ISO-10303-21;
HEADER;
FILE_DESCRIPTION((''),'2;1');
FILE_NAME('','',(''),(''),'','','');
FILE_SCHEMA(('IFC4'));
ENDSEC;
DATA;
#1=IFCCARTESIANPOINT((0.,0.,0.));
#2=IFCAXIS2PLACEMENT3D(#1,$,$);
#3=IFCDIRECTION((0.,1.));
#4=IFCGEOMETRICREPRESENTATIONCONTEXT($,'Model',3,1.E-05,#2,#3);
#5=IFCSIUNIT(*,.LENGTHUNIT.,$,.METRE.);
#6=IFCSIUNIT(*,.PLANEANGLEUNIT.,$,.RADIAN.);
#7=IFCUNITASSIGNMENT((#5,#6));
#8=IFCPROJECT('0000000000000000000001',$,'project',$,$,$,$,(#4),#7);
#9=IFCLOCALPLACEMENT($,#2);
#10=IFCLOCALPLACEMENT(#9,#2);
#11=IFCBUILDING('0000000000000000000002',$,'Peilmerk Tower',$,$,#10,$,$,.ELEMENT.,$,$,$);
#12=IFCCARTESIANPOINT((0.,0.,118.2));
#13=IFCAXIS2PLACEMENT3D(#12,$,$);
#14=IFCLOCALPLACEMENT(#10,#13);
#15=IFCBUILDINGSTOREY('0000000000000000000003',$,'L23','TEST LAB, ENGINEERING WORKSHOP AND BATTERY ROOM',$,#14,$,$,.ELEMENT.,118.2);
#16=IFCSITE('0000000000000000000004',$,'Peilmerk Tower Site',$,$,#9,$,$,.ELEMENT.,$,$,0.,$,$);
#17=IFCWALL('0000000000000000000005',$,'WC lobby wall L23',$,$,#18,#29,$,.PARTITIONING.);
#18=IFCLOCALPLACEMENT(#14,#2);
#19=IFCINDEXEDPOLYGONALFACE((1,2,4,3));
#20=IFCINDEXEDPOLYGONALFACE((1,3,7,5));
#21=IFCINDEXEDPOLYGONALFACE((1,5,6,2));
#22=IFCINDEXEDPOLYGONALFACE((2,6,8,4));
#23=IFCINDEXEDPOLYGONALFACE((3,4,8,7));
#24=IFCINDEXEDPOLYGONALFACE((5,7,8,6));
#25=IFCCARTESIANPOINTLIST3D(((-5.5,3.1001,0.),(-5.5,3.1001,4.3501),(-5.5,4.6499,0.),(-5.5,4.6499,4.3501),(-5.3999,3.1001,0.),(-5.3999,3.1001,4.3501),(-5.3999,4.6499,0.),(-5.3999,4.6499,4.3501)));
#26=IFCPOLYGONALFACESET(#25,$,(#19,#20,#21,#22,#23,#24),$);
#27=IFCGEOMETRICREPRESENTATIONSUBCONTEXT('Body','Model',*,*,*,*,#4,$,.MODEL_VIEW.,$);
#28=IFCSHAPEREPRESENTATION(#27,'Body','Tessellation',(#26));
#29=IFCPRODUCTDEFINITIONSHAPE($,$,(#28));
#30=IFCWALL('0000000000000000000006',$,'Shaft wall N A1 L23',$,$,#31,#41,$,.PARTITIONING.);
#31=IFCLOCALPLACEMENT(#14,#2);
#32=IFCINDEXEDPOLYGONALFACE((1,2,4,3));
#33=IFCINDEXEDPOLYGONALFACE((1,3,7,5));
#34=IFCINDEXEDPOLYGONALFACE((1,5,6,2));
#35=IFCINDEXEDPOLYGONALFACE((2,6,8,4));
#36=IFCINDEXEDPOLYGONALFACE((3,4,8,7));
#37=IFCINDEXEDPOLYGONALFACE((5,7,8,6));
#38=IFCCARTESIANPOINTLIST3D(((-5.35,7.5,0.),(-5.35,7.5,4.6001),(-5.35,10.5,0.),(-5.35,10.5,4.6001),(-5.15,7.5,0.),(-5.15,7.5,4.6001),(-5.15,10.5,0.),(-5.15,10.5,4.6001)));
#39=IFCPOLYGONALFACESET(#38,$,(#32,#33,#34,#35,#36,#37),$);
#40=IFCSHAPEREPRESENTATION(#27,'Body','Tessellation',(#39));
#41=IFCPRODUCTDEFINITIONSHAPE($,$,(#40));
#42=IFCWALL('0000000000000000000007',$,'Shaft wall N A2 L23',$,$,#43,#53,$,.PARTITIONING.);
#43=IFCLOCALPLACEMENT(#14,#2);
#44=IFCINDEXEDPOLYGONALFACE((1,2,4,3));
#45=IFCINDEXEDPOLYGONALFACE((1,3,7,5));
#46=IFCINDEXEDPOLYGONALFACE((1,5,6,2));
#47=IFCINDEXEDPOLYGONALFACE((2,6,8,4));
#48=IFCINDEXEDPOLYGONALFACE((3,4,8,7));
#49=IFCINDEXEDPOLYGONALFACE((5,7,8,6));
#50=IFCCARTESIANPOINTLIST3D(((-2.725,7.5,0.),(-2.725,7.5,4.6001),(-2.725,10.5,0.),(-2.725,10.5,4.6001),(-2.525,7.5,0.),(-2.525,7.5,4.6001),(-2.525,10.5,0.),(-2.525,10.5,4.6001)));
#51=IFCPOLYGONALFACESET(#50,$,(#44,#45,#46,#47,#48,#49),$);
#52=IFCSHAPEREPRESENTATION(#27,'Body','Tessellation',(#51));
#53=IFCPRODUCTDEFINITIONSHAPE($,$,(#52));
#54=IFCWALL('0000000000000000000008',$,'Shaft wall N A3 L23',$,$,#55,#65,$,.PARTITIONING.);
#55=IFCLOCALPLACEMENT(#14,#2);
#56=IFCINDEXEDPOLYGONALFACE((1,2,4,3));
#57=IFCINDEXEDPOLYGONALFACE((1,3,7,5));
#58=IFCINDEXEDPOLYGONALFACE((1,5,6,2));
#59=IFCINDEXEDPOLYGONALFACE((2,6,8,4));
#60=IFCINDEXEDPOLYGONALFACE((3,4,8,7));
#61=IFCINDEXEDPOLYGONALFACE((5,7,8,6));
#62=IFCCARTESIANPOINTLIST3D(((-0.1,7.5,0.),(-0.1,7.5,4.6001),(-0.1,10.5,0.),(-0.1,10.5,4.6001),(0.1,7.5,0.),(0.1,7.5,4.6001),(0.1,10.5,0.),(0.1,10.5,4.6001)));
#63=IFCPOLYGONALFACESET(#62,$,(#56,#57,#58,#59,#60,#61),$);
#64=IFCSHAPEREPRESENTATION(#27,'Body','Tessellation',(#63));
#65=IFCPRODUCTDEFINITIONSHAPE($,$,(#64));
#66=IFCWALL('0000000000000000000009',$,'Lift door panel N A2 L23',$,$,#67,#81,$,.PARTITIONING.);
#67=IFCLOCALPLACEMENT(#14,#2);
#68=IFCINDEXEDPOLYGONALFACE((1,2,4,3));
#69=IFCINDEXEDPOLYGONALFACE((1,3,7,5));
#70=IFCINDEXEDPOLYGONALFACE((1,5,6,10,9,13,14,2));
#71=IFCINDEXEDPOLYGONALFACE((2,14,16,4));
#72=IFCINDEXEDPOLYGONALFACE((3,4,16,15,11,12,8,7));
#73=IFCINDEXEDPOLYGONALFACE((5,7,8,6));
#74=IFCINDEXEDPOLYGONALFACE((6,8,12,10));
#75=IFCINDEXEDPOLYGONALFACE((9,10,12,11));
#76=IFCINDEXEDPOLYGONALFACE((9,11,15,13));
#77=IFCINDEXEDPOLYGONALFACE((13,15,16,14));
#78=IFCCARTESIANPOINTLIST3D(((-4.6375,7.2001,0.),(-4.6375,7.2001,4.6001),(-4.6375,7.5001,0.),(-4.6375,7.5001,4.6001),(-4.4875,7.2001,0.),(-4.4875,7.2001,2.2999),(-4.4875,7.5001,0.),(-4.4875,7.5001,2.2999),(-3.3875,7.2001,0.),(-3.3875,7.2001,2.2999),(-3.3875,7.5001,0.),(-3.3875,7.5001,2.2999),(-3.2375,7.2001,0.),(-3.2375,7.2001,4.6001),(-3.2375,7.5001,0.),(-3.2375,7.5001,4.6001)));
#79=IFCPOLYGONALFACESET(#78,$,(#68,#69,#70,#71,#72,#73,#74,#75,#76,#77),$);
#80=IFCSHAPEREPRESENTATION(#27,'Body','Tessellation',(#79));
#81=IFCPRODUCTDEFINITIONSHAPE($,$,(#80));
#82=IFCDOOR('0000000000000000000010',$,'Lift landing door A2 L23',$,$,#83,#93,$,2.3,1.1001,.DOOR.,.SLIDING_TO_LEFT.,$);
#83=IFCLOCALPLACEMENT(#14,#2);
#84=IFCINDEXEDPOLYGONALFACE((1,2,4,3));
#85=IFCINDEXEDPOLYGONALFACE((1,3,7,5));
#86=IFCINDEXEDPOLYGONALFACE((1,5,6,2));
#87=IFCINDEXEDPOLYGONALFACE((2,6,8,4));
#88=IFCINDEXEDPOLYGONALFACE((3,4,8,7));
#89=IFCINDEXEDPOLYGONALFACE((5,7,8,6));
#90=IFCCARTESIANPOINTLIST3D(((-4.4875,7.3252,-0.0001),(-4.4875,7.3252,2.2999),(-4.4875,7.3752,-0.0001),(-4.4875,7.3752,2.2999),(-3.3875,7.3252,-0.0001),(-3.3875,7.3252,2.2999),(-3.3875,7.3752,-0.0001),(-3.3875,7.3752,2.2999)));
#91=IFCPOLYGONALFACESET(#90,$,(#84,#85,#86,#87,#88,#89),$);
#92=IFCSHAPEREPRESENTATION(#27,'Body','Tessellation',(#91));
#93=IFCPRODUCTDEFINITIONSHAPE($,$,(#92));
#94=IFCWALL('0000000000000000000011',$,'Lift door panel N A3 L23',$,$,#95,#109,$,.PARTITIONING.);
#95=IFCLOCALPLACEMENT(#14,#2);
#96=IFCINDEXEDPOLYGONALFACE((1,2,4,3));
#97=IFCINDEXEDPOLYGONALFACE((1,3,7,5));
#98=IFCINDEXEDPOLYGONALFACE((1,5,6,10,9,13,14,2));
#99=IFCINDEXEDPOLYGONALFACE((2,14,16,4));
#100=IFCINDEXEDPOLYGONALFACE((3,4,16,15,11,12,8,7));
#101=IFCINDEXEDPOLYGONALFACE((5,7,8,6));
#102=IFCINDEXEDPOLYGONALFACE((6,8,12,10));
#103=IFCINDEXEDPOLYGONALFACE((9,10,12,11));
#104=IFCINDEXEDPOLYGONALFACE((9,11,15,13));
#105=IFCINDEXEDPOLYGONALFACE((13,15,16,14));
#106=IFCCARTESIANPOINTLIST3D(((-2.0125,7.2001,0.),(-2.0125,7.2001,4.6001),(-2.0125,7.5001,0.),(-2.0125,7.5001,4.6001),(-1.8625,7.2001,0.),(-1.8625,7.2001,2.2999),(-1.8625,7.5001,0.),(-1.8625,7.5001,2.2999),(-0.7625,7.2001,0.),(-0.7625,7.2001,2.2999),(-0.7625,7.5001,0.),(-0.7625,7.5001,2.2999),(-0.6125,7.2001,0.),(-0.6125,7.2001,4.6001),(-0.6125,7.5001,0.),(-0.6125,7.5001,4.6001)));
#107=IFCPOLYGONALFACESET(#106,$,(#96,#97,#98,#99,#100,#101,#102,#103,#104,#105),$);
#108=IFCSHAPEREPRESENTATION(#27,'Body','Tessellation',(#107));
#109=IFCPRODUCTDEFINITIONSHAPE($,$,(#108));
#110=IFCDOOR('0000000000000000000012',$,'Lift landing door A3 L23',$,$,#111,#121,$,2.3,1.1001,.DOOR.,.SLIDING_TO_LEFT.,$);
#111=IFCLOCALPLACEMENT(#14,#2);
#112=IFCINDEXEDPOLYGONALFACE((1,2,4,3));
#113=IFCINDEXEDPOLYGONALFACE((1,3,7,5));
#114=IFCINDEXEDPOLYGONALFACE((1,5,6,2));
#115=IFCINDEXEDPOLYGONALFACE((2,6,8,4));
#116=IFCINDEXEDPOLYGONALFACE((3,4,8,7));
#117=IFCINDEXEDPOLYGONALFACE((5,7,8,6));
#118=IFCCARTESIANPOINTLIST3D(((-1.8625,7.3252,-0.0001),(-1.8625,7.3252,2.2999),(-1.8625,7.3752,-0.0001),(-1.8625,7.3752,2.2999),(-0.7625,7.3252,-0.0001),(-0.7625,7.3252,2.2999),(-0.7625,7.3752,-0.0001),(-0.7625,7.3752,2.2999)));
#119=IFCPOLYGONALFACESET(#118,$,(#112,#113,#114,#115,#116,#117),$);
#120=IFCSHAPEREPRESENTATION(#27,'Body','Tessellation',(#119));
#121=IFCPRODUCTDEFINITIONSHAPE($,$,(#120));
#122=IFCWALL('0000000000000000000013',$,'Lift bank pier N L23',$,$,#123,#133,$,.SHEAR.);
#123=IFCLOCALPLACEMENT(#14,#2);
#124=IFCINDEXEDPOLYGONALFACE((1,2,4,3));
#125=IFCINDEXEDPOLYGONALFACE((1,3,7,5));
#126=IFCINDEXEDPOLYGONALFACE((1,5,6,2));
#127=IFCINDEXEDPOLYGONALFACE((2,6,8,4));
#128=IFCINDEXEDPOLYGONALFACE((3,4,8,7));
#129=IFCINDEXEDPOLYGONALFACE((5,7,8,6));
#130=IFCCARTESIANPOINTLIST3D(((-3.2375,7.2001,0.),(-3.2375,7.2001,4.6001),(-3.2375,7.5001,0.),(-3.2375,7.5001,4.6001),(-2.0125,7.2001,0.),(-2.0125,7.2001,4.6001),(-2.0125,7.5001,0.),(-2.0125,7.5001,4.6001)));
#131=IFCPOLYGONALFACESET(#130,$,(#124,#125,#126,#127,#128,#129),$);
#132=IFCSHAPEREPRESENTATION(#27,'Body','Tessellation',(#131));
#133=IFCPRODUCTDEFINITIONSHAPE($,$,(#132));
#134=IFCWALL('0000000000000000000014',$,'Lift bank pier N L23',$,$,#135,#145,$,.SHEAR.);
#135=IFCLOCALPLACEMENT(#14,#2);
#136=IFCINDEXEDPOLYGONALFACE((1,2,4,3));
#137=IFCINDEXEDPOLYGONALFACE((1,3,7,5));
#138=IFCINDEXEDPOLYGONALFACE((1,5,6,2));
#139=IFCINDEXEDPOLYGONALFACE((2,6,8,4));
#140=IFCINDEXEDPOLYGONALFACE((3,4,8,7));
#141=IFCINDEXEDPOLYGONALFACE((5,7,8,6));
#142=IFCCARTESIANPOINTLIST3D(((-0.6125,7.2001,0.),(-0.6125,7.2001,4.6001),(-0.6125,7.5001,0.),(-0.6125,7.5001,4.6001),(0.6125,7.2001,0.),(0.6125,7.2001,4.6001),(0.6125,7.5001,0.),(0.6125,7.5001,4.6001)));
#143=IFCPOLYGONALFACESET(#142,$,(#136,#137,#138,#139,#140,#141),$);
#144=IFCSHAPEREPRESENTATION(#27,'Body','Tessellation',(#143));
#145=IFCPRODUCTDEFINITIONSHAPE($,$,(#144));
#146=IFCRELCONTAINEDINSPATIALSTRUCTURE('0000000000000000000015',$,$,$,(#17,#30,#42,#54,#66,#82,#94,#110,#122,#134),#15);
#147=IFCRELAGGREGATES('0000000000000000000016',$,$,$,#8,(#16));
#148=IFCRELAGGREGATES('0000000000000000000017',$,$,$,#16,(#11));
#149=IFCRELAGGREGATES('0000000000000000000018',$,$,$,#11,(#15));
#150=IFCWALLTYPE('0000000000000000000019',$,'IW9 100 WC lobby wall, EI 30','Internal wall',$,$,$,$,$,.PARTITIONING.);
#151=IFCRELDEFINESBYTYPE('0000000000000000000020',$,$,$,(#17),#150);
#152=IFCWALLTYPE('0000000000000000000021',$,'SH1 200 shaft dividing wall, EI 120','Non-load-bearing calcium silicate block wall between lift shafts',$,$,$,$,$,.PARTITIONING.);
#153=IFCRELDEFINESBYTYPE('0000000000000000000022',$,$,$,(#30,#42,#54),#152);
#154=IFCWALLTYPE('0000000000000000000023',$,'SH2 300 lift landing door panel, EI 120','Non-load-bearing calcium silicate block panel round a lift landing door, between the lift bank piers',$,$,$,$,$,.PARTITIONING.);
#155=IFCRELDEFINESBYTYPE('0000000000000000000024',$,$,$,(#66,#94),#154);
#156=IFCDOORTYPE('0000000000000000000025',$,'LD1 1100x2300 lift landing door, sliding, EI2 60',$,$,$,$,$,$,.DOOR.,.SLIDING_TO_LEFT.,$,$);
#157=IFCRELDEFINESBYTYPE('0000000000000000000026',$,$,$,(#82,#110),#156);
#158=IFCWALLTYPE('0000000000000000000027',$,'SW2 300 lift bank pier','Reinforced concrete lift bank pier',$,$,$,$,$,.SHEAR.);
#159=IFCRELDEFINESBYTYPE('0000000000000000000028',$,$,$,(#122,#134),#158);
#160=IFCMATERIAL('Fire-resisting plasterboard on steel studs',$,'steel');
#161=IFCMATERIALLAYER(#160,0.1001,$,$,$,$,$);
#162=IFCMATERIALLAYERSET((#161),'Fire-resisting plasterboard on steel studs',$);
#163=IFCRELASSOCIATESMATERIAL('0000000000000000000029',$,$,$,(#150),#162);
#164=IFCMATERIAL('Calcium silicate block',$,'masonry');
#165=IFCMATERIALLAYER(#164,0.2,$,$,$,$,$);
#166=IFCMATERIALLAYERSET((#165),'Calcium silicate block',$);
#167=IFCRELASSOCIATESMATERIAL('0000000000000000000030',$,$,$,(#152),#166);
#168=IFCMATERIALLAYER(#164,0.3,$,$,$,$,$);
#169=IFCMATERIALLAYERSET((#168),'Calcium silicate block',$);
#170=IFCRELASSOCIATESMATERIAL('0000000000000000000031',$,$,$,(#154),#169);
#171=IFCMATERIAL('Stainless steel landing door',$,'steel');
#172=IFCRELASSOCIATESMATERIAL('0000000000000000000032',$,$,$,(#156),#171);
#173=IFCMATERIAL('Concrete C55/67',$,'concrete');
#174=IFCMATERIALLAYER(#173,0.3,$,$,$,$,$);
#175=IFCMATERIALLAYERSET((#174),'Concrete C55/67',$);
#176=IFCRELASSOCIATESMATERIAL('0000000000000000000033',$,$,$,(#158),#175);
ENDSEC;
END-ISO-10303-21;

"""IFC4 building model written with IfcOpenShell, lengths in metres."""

from ifc_helpers import new_model, si_unit, direction, frame, frame_2d, origin, place, context, subcontext, project, spatial, rectangle, extrude, material, layer, layer_set, type_object, element, fill, save


model = new_model("IFC4")

# Units and contexts
model_context = context("Model", 3, precision=1e-05, world=origin(), true_north=direction((0.0, 1.0)))
body_context = subcontext(model_context, "Body", "Model", "MODEL_VIEW")
ifc_project = project(units=[si_unit("LENGTHUNIT", "METRE"), si_unit("PLANEANGLEUNIT", "RADIAN")], contexts=[model_context])

# Site, building, storey
site_placement = place(None, origin())
site = spatial("IfcSite", under=ifc_project, at=site_placement, Name="Peilmerk Tower Site", CompositionType="ELEMENT", RefElevation=0.0)
building_placement = place(site_placement, origin())
building = spatial("IfcBuilding", under=site, at=building_placement, Name="Peilmerk Tower", CompositionType="ELEMENT")
storey_placement = place(building_placement, frame((0.0, 0.0, 118.2)))
storey = spatial("IfcBuildingStorey", under=building, at=storey_placement, Name="L23", Description="TEST LAB, ENGINEERING WORKSHOP AND BATTERY ROOM", CompositionType="ELEMENT", Elevation=118.2)

# Shared definitions
ifc_material_1 = material(Name="Concrete C55/67", Category="concrete")

# Shared definitions
ifc_material_2 = material(Name="Fire-resisting plasterboard on steel studs", Category="steel")
ifc_layer_1 = layer(ifc_material_2, 0.1001)
ifc_layer_set_1 = layer_set([ifc_layer_1], Name="Fire-resisting plasterboard on steel studs")
wall_type_1 = type_object("IfcWallType", Name="IW9 100 WC lobby wall, EI 30", Description="Internal wall", PredefinedType="PARTITIONING", material=ifc_layer_set_1)

# Walls
wall_1_placement = place(storey_placement, frame((-5.45, 3.1001, 0.0), z_axis=(0.0, 0.0, 1.0), x_axis=(0.0, 1.0, 0.0)))
element("IfcWall", 1, at=wall_1_placement, inside=storey, type_object=wall_type_1, Name="WC lobby wall L23", PredefinedType="PARTITIONING", context=body_context, shape_type="SweptSolid", body=[
    extrude(rectangle(XDim=1.5498, YDim=0.1001, at=frame_2d((0.7749, 0.0))), origin(), (0.0, 0.0, 1.0), 4.3501),
])
ifc_material_3 = material(Name="Calcium silicate block", Category="masonry")
ifc_layer_2 = layer(ifc_material_3, 0.2)
ifc_layer_set_2 = layer_set([ifc_layer_2], Name="Calcium silicate block")
wall_type_2 = type_object("IfcWallType", Name="SH1 200 shaft dividing wall, EI 120", Description="Non-load-bearing calcium silicate block wall between lift shafts", PredefinedType="PARTITIONING", material=ifc_layer_set_2)
for number, where, z_axis, x_axis, name in (
    (2, (-5.25, 7.5, 0.0), (0.0, 0.0, 1.0), (0.0, 1.0, 0.0), "Shaft wall N A1 L23"),
    (3, (-2.625, 7.5, 0.0), (0.0, 0.0, 1.0), (0.0, 1.0, 0.0), "Shaft wall N A2 L23"),
    (4, (0.0, 7.5, 0.0), (0.0, 0.0, 1.0), (0.0, 1.0, 0.0), "Shaft wall N A3 L23"),
):
    element("IfcWall", number, at=place(storey_placement, frame(where, z_axis=z_axis, x_axis=x_axis)), inside=storey, type_object=wall_type_2, Name=name, PredefinedType="PARTITIONING", context=body_context, shape_type="SweptSolid", body=[
        extrude(rectangle(XDim=3.0, YDim=0.2, at=frame_2d((1.5, 0.0))), origin(), (0.0, 0.0, 1.0), 4.6001),
    ])

# Walls, openings, doors
ifc_layer_3 = layer(ifc_material_3, 0.3)
ifc_layer_set_3 = layer_set([ifc_layer_3], Name="Calcium silicate block")
wall_type_3 = type_object("IfcWallType", Name="SH2 300 lift landing door panel, EI 120", Description="Non-load-bearing calcium silicate block panel round a lift landing door, between the lift bank piers", PredefinedType="PARTITIONING", material=ifc_layer_set_3)
wall_2_placement = place(storey_placement, frame((-4.6375, 7.3501, 0.0), z_axis=(0.0, 0.0, 1.0), x_axis=(1.0, 0.0, 0.0)))
wall_2 = element("IfcWall", 5, at=wall_2_placement, inside=storey, type_object=wall_type_3, Name="Lift door panel N A2 L23", PredefinedType="PARTITIONING", context=body_context, shape_type="SweptSolid", body=[
    extrude(rectangle(XDim=1.3999, YDim=0.3, at=frame_2d((0.7, 0.0))), origin(), (0.0, 0.0, 1.0), 4.6001),
])
opening_1_placement = place(wall_2_placement, frame((0.1499, 0.0, 0.0)))
opening_1 = element("IfcOpeningElement", 6, at=opening_1_placement, cuts=wall_2, PredefinedType="OPENING", context=body_context, shape_type="SweptSolid", body=[
    extrude(rectangle(XDim=1.1001, YDim=2.3, at=frame_2d((0.55, 1.1499))), frame((0.0, 0.1599, 0.0), z_axis=(0.0, -1.0, 0.0), x_axis=(1.0, 0.0, 0.0)), (0.0, 0.0, 1.0), 0.3201),
])
ifc_material_4 = material(Name="Stainless steel landing door", Category="steel")
door_type_1 = type_object("IfcDoorType", Name="LD1 1100x2300 lift landing door, sliding, EI2 60", OperationType="SLIDING_TO_LEFT", PredefinedType="DOOR", material=ifc_material_4)
door_1_placement = place(opening_1_placement, frame((1.1001, 0.0, 0.0), z_axis=(0.0, 0.0, 1.0), x_axis=(-1.0, 0.0, 0.0)))
door_1 = element("IfcDoor", 7, at=door_1_placement, inside=storey, type_object=door_type_1, Name="Lift landing door A2 L23", OperationType="SLIDING_TO_LEFT", OverallHeight=2.3, OverallWidth=1.1001, PredefinedType="DOOR", context=body_context, shape_type="SweptSolid", body=[
    extrude(rectangle(XDim=1.1001, YDim=2.3, at=frame_2d((0.55, 1.1499))), frame((0.0, 0.0249, 0.0), z_axis=(0.0, -1.0, 0.0), x_axis=(1.0, 0.0, 0.0)), (0.0, 0.0, 1.0), 0.05),
])
fill(opening_1, door_1)
wall_3_placement = place(storey_placement, frame((-2.0125, 7.3501, 0.0), z_axis=(0.0, 0.0, 1.0), x_axis=(1.0, 0.0, 0.0)))
wall_3 = element("IfcWall", 8, at=wall_3_placement, inside=storey, type_object=wall_type_3, Name="Lift door panel N A3 L23", PredefinedType="PARTITIONING", context=body_context, shape_type="SweptSolid", body=[
    extrude(rectangle(XDim=1.3999, YDim=0.3, at=frame_2d((0.7, 0.0))), origin(), (0.0, 0.0, 1.0), 4.6001),
])
opening_2_placement = place(wall_3_placement, frame((0.1499, 0.0, 0.0)))
opening_2 = element("IfcOpeningElement", 9, at=opening_2_placement, cuts=wall_3, PredefinedType="OPENING", context=body_context, shape_type="SweptSolid", body=[
    extrude(rectangle(XDim=1.1001, YDim=2.3, at=frame_2d((0.55, 1.1499))), frame((0.0, 0.1599, 0.0), z_axis=(0.0, -1.0, 0.0), x_axis=(1.0, 0.0, 0.0)), (0.0, 0.0, 1.0), 0.3201),
])
door_2_placement = place(opening_2_placement, frame((1.1001, 0.0, 0.0), z_axis=(0.0, 0.0, 1.0), x_axis=(-1.0, 0.0, 0.0)))
door_2 = element("IfcDoor", 10, at=door_2_placement, inside=storey, type_object=door_type_1, Name="Lift landing door A3 L23", OperationType="SLIDING_TO_LEFT", OverallHeight=2.3, OverallWidth=1.1001, PredefinedType="DOOR", context=body_context, shape_type="SweptSolid", body=[
    extrude(rectangle(XDim=1.1001, YDim=2.3, at=frame_2d((0.55, 1.1499))), frame((0.0, 0.0249, 0.0), z_axis=(0.0, -1.0, 0.0), x_axis=(1.0, 0.0, 0.0)), (0.0, 0.0, 1.0), 0.05),
])
fill(opening_2, door_2)

# Walls
ifc_layer_4 = layer(ifc_material_1, 0.3)
ifc_layer_set_4 = layer_set([ifc_layer_4], Name="Concrete C55/67")
wall_type_4 = type_object("IfcWallType", Name="SW2 300 lift bank pier", Description="Reinforced concrete lift bank pier", PredefinedType="SHEAR", material=ifc_layer_set_4)
for number, where, z_axis, x_axis, name in (
    (11, (-3.2375, 7.3501, 0.0), (0.0, 0.0, 1.0), (1.0, 0.0, 0.0), "Lift bank pier N L23"),
    (12, (-0.6125, 7.3501, 0.0), (0.0, 0.0, 1.0), (1.0, 0.0, 0.0), "Lift bank pier N L23"),
):
    element("IfcWall", number, at=place(storey_placement, frame(where, z_axis=z_axis, x_axis=x_axis)), inside=storey, type_object=wall_type_4, Name=name, PredefinedType="SHEAR", context=body_context, shape_type="SweptSolid", body=[
        extrude(rectangle(XDim=1.2251, YDim=0.3, at=frame_2d((0.6125, 0.0))), origin(), (0.0, 0.0, 1.0), 4.6001),
    ])

save(model, "model.ifc")
